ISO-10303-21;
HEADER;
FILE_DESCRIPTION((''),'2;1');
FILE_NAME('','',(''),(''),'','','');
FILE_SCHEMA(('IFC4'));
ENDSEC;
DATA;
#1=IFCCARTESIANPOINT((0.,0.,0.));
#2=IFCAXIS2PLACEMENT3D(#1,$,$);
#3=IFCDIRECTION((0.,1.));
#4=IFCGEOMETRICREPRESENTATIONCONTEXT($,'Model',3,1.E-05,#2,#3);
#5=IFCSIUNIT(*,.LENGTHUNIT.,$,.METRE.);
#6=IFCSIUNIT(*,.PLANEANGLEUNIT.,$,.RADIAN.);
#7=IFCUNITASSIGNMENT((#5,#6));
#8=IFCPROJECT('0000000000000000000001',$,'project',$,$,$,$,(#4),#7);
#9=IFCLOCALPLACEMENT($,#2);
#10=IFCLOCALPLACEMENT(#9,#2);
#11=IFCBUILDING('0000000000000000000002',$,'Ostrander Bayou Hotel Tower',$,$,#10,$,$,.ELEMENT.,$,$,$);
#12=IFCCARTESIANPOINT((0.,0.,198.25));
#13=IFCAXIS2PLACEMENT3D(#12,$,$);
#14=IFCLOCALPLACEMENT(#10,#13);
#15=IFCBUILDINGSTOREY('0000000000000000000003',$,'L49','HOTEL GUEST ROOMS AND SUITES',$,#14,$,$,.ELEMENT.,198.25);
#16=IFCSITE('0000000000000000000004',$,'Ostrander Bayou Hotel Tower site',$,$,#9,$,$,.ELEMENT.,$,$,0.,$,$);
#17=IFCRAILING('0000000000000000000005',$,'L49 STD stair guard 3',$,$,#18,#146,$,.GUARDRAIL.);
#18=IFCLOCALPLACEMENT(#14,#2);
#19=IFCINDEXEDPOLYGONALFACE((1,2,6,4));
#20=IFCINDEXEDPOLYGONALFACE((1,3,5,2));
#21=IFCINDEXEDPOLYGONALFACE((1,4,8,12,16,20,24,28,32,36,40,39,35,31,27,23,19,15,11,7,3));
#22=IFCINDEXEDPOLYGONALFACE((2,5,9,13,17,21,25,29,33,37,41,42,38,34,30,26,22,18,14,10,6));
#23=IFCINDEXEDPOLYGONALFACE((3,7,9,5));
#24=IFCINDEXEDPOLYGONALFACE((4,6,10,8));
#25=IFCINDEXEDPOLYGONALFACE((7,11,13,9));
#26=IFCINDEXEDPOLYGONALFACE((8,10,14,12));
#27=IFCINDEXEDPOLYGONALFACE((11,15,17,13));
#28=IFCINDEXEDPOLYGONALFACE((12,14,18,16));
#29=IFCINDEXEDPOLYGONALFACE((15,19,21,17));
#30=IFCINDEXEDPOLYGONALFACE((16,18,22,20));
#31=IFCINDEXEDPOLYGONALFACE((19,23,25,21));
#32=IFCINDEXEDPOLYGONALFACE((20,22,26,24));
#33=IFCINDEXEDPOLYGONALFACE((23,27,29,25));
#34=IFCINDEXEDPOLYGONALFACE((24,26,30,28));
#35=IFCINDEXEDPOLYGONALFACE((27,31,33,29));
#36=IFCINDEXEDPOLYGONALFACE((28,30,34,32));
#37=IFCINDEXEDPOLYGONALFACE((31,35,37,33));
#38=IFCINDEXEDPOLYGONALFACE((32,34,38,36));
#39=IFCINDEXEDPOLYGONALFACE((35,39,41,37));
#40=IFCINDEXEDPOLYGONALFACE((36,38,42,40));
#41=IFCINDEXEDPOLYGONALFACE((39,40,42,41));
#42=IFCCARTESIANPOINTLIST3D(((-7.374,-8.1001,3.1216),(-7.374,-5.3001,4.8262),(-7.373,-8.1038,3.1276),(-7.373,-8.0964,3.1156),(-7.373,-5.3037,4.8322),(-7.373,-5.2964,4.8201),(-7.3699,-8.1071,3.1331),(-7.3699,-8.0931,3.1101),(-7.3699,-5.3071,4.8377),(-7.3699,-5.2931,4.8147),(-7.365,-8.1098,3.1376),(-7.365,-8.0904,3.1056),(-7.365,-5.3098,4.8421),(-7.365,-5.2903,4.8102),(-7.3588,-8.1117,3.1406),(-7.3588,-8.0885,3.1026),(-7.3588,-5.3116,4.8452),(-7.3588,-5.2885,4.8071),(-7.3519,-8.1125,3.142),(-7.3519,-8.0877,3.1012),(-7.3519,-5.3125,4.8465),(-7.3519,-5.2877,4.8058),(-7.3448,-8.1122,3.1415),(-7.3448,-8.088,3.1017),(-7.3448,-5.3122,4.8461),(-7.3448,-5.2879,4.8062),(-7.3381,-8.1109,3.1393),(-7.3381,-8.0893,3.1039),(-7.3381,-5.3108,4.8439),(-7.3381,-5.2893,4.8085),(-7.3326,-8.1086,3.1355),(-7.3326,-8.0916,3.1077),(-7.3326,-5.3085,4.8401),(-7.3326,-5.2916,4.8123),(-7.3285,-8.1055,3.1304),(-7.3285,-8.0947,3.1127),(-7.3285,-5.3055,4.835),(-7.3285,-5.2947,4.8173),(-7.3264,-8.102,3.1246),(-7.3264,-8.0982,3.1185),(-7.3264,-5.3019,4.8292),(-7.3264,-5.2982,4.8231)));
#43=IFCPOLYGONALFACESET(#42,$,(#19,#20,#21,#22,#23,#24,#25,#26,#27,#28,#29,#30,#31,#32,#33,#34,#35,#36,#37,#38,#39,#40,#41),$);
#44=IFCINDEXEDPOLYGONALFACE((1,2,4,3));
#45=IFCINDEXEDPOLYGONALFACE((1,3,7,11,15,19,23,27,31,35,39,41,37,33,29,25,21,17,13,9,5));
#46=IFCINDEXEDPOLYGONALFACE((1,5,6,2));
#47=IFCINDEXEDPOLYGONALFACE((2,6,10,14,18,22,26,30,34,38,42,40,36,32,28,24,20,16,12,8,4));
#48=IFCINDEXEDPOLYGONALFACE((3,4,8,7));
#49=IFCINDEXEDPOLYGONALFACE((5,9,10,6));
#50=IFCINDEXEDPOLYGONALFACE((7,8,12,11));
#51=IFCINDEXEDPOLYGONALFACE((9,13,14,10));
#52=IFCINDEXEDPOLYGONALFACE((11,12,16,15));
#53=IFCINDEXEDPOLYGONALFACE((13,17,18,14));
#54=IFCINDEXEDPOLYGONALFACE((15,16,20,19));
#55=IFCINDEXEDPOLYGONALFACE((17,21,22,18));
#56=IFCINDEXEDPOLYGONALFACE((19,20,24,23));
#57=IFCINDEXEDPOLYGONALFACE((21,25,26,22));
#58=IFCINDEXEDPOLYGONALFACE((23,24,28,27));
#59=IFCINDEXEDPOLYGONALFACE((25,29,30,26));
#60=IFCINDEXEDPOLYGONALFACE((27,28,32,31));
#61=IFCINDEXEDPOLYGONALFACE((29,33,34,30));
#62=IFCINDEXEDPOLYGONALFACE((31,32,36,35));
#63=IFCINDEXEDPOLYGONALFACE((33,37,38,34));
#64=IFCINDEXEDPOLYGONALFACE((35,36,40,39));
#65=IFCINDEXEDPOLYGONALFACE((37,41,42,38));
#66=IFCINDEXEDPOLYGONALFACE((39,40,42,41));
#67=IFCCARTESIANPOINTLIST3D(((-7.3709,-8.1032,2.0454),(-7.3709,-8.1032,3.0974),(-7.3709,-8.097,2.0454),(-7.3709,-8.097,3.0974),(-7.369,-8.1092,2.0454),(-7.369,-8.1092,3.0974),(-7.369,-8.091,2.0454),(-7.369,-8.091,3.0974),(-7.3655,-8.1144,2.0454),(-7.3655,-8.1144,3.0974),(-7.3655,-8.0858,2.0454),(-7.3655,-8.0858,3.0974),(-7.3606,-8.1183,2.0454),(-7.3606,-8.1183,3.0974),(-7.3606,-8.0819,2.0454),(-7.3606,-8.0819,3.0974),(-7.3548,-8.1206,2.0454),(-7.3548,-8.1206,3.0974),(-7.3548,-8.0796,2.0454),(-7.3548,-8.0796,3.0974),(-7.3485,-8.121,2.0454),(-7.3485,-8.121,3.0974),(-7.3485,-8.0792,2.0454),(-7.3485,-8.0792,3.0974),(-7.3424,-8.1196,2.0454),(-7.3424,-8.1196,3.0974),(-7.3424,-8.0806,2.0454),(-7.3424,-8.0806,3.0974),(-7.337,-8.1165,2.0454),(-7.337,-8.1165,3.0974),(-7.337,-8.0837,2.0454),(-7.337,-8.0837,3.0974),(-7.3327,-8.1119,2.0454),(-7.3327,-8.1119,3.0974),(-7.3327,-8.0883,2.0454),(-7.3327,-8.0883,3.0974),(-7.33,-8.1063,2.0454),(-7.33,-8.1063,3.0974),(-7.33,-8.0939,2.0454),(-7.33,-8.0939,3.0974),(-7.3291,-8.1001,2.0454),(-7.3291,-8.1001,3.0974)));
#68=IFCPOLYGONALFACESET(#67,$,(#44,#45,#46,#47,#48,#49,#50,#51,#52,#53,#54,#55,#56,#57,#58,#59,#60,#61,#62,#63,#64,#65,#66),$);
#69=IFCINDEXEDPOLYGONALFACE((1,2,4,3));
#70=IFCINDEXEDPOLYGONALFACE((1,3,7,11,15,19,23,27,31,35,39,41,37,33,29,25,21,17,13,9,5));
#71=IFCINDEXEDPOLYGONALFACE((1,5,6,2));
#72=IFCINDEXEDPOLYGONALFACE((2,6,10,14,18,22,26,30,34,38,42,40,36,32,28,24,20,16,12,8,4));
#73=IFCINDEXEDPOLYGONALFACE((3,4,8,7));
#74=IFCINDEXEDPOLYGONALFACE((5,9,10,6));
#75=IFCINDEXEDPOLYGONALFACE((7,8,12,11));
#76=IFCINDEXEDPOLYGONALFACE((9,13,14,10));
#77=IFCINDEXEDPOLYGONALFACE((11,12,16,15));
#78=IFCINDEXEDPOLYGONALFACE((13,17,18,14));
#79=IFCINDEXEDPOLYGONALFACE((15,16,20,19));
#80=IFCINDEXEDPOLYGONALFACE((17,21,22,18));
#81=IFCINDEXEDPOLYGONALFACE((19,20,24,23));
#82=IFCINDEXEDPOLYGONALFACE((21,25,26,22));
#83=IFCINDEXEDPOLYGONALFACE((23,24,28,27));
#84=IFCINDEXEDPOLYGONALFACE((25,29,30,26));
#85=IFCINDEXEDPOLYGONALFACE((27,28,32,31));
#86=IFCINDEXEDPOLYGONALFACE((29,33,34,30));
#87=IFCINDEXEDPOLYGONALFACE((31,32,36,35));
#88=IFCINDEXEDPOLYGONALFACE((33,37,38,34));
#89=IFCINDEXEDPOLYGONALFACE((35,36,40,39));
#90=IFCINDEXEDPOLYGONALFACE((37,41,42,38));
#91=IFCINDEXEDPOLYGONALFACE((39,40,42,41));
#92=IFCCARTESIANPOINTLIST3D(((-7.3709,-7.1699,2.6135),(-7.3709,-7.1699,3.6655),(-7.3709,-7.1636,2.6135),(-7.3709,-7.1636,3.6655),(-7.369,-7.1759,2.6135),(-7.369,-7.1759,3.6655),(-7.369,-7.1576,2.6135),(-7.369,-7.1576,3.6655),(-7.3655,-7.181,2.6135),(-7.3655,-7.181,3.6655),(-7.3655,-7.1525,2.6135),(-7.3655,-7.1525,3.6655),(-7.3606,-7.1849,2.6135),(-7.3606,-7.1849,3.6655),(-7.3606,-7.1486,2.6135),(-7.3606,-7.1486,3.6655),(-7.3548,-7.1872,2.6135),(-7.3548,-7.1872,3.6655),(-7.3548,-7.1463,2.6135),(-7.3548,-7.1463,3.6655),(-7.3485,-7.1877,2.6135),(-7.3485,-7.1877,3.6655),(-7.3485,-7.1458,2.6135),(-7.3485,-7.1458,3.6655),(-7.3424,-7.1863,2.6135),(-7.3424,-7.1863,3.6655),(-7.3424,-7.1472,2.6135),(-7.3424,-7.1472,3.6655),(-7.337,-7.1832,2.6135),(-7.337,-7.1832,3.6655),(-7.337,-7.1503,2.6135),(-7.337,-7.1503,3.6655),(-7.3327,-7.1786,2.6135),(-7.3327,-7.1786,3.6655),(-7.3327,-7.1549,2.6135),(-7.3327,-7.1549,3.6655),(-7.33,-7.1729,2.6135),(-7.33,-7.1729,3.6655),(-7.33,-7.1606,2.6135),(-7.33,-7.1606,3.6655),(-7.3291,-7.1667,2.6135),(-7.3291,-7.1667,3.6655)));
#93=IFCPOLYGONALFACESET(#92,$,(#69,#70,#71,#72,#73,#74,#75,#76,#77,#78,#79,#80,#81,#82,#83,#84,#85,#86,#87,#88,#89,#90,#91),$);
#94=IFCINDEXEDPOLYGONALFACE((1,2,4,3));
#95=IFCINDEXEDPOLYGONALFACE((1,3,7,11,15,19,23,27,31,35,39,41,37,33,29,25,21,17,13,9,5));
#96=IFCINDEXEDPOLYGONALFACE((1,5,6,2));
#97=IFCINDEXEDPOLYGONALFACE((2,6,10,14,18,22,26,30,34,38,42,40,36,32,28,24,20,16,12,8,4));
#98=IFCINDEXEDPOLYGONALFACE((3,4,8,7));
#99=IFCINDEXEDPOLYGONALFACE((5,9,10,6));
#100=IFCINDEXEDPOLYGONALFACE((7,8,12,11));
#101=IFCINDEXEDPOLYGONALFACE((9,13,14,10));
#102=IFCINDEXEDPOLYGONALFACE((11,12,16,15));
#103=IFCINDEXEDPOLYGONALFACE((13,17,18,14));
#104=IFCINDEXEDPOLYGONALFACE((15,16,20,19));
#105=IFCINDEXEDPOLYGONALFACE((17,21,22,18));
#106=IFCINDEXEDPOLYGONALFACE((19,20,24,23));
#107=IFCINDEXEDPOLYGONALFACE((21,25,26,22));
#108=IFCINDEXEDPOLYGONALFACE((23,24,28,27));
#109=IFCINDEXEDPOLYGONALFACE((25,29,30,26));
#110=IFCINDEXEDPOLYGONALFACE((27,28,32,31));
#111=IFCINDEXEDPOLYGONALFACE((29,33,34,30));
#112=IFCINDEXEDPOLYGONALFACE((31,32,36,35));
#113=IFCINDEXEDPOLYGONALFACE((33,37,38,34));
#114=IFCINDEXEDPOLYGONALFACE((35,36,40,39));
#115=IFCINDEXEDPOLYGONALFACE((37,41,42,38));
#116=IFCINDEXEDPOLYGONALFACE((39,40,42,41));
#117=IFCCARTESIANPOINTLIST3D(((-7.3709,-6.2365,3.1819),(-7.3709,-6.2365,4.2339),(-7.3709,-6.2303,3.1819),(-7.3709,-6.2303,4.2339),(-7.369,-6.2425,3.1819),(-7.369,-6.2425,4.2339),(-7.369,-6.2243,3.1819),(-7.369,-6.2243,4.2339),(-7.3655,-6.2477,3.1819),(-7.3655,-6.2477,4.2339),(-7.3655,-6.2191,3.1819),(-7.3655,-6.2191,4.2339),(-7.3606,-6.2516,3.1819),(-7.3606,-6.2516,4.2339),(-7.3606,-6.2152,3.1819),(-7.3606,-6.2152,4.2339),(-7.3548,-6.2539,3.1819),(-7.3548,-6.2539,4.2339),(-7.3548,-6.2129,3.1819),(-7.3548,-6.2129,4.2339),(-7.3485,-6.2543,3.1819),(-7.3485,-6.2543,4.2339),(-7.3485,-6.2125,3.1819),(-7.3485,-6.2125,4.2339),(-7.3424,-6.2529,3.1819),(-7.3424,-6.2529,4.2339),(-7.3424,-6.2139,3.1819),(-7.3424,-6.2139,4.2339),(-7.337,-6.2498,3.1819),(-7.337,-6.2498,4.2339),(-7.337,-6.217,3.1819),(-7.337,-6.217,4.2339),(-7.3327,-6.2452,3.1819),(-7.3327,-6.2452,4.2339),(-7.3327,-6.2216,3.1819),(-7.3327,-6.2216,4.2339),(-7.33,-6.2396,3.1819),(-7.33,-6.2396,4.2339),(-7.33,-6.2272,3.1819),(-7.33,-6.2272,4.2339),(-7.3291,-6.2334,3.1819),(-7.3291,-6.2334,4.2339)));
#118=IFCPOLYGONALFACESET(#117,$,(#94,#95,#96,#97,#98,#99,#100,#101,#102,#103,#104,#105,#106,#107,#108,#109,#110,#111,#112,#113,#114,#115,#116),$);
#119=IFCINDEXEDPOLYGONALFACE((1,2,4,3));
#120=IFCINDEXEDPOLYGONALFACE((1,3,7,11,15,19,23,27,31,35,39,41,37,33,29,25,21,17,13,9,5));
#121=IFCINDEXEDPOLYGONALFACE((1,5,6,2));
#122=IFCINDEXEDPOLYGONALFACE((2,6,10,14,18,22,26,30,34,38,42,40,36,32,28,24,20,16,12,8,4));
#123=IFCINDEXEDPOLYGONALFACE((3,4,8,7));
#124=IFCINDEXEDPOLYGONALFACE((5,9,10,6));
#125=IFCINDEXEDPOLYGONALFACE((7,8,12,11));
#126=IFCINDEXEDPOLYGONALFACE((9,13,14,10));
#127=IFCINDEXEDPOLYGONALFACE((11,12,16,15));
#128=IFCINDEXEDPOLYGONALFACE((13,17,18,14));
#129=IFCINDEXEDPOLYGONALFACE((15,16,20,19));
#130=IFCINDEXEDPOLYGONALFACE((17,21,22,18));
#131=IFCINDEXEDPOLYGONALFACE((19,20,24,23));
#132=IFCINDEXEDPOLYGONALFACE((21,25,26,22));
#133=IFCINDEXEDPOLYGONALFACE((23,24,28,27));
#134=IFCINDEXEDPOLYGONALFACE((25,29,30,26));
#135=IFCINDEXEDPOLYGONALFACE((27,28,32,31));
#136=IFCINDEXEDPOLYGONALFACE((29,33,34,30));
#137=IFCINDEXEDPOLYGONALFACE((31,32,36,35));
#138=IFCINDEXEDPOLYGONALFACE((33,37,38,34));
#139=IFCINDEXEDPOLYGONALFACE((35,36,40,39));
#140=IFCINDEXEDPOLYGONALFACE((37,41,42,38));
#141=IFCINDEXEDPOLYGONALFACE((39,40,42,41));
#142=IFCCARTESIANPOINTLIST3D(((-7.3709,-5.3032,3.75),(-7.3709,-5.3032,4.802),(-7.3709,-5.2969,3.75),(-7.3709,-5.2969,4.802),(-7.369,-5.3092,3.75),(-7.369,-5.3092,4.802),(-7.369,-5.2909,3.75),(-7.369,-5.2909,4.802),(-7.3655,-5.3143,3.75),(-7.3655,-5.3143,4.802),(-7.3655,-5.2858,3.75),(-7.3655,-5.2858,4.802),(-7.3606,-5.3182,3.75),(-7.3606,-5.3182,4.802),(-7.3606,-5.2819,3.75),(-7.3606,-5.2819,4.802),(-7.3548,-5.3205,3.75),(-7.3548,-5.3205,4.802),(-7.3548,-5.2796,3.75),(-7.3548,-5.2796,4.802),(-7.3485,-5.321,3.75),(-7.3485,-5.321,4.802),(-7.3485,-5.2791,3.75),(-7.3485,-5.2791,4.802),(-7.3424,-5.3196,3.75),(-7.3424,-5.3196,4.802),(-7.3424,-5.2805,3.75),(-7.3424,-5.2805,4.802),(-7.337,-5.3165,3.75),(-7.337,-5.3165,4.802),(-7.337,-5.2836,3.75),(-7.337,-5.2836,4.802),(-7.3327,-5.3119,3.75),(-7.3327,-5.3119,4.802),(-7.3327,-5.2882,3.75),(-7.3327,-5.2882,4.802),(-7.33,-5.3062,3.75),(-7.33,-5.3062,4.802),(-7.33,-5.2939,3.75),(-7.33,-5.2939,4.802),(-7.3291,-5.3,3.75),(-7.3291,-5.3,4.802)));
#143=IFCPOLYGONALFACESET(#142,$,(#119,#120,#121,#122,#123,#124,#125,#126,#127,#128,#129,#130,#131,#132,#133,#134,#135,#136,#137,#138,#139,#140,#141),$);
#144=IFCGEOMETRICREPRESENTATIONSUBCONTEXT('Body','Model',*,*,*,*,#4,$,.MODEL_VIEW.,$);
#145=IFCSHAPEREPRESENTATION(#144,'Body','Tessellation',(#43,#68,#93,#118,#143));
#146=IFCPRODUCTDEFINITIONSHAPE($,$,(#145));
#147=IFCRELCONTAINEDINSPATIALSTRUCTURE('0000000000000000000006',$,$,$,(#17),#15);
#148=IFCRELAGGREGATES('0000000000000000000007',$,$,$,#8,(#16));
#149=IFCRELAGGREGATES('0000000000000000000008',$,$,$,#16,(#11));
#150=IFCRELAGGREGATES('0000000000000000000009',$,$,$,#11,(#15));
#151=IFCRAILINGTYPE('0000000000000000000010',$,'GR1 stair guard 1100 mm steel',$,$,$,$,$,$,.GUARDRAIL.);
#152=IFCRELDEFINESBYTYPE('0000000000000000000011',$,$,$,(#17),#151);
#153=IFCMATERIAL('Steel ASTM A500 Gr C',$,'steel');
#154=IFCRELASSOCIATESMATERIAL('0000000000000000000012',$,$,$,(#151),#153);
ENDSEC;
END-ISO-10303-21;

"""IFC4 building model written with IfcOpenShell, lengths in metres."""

from ifc_helpers import new_model, si_unit, direction, frame, origin, origin_2d, place, context, subcontext, project, spatial, circle, extrude, material, type_object, element, save


model = new_model("IFC4")

# Units and contexts
model_context = context("Model", 3, precision=1e-05, world=origin(), true_north=direction((0.0, 1.0)))
body_context = subcontext(model_context, "Body", "Model", "MODEL_VIEW")
ifc_project = project(units=[si_unit("LENGTHUNIT", "METRE"), si_unit("PLANEANGLEUNIT", "RADIAN")], contexts=[model_context])

# Site, building, storey
site_placement = place(None, origin())
site = spatial("IfcSite", under=ifc_project, at=site_placement, Name="Ostrander Bayou Hotel Tower site", CompositionType="ELEMENT", RefElevation=0.0)
building_placement = place(site_placement, origin())
building = spatial("IfcBuilding", under=site, at=building_placement, Name="Ostrander Bayou Hotel Tower", CompositionType="ELEMENT")
storey_placement = place(building_placement, frame((0.0, 0.0, 198.25)))
storey = spatial("IfcBuildingStorey", under=building, at=storey_placement, Name="L49", Description="HOTEL GUEST ROOMS AND SUITES", CompositionType="ELEMENT", Elevation=198.25)

# Railing
ifc_material_1 = material(Name="Steel ASTM A500 Gr C", Category="steel")
railing_type_1 = type_object("IfcRailingType", Name="GR1 stair guard 1100 mm steel", PredefinedType="GUARDRAIL", material=ifc_material_1)
railing_1_placement = place(storey_placement, frame((-7.3501, -8.1001, 2.0454)))
element("IfcRailing", 1, at=railing_1_placement, inside=storey, type_object=railing_type_1, Name="L49 STD stair guard 3", PredefinedType="GUARDRAIL", context=body_context, shape_type="SweptSolid", body=[
    extrude(circle(Radius=0.0239, at=origin_2d()), frame((0.0, 0.0, 1.0762), z_axis=(0.0, 0.85417, 0.519994), x_axis=(-1.0, 0.0, 0.0)), (0.0, 0.0, 1.0), 3.2781),
    extrude(circle(Radius=0.021, at=origin_2d()), origin(), (0.0, 0.0, 1.0), 1.052),
    extrude(circle(Radius=0.021, at=origin_2d()), frame((0.0, 0.9333, 0.5681)), (0.0, 0.0, 1.0), 1.052),
    extrude(circle(Radius=0.021, at=origin_2d()), frame((0.0, 1.8667, 1.1365)), (0.0, 0.0, 1.0), 1.052),
    extrude(circle(Radius=0.021, at=origin_2d()), frame((0.0, 2.8, 1.7046)), (0.0, 0.0, 1.0), 1.052),
])

save(model, "model.ifc")
